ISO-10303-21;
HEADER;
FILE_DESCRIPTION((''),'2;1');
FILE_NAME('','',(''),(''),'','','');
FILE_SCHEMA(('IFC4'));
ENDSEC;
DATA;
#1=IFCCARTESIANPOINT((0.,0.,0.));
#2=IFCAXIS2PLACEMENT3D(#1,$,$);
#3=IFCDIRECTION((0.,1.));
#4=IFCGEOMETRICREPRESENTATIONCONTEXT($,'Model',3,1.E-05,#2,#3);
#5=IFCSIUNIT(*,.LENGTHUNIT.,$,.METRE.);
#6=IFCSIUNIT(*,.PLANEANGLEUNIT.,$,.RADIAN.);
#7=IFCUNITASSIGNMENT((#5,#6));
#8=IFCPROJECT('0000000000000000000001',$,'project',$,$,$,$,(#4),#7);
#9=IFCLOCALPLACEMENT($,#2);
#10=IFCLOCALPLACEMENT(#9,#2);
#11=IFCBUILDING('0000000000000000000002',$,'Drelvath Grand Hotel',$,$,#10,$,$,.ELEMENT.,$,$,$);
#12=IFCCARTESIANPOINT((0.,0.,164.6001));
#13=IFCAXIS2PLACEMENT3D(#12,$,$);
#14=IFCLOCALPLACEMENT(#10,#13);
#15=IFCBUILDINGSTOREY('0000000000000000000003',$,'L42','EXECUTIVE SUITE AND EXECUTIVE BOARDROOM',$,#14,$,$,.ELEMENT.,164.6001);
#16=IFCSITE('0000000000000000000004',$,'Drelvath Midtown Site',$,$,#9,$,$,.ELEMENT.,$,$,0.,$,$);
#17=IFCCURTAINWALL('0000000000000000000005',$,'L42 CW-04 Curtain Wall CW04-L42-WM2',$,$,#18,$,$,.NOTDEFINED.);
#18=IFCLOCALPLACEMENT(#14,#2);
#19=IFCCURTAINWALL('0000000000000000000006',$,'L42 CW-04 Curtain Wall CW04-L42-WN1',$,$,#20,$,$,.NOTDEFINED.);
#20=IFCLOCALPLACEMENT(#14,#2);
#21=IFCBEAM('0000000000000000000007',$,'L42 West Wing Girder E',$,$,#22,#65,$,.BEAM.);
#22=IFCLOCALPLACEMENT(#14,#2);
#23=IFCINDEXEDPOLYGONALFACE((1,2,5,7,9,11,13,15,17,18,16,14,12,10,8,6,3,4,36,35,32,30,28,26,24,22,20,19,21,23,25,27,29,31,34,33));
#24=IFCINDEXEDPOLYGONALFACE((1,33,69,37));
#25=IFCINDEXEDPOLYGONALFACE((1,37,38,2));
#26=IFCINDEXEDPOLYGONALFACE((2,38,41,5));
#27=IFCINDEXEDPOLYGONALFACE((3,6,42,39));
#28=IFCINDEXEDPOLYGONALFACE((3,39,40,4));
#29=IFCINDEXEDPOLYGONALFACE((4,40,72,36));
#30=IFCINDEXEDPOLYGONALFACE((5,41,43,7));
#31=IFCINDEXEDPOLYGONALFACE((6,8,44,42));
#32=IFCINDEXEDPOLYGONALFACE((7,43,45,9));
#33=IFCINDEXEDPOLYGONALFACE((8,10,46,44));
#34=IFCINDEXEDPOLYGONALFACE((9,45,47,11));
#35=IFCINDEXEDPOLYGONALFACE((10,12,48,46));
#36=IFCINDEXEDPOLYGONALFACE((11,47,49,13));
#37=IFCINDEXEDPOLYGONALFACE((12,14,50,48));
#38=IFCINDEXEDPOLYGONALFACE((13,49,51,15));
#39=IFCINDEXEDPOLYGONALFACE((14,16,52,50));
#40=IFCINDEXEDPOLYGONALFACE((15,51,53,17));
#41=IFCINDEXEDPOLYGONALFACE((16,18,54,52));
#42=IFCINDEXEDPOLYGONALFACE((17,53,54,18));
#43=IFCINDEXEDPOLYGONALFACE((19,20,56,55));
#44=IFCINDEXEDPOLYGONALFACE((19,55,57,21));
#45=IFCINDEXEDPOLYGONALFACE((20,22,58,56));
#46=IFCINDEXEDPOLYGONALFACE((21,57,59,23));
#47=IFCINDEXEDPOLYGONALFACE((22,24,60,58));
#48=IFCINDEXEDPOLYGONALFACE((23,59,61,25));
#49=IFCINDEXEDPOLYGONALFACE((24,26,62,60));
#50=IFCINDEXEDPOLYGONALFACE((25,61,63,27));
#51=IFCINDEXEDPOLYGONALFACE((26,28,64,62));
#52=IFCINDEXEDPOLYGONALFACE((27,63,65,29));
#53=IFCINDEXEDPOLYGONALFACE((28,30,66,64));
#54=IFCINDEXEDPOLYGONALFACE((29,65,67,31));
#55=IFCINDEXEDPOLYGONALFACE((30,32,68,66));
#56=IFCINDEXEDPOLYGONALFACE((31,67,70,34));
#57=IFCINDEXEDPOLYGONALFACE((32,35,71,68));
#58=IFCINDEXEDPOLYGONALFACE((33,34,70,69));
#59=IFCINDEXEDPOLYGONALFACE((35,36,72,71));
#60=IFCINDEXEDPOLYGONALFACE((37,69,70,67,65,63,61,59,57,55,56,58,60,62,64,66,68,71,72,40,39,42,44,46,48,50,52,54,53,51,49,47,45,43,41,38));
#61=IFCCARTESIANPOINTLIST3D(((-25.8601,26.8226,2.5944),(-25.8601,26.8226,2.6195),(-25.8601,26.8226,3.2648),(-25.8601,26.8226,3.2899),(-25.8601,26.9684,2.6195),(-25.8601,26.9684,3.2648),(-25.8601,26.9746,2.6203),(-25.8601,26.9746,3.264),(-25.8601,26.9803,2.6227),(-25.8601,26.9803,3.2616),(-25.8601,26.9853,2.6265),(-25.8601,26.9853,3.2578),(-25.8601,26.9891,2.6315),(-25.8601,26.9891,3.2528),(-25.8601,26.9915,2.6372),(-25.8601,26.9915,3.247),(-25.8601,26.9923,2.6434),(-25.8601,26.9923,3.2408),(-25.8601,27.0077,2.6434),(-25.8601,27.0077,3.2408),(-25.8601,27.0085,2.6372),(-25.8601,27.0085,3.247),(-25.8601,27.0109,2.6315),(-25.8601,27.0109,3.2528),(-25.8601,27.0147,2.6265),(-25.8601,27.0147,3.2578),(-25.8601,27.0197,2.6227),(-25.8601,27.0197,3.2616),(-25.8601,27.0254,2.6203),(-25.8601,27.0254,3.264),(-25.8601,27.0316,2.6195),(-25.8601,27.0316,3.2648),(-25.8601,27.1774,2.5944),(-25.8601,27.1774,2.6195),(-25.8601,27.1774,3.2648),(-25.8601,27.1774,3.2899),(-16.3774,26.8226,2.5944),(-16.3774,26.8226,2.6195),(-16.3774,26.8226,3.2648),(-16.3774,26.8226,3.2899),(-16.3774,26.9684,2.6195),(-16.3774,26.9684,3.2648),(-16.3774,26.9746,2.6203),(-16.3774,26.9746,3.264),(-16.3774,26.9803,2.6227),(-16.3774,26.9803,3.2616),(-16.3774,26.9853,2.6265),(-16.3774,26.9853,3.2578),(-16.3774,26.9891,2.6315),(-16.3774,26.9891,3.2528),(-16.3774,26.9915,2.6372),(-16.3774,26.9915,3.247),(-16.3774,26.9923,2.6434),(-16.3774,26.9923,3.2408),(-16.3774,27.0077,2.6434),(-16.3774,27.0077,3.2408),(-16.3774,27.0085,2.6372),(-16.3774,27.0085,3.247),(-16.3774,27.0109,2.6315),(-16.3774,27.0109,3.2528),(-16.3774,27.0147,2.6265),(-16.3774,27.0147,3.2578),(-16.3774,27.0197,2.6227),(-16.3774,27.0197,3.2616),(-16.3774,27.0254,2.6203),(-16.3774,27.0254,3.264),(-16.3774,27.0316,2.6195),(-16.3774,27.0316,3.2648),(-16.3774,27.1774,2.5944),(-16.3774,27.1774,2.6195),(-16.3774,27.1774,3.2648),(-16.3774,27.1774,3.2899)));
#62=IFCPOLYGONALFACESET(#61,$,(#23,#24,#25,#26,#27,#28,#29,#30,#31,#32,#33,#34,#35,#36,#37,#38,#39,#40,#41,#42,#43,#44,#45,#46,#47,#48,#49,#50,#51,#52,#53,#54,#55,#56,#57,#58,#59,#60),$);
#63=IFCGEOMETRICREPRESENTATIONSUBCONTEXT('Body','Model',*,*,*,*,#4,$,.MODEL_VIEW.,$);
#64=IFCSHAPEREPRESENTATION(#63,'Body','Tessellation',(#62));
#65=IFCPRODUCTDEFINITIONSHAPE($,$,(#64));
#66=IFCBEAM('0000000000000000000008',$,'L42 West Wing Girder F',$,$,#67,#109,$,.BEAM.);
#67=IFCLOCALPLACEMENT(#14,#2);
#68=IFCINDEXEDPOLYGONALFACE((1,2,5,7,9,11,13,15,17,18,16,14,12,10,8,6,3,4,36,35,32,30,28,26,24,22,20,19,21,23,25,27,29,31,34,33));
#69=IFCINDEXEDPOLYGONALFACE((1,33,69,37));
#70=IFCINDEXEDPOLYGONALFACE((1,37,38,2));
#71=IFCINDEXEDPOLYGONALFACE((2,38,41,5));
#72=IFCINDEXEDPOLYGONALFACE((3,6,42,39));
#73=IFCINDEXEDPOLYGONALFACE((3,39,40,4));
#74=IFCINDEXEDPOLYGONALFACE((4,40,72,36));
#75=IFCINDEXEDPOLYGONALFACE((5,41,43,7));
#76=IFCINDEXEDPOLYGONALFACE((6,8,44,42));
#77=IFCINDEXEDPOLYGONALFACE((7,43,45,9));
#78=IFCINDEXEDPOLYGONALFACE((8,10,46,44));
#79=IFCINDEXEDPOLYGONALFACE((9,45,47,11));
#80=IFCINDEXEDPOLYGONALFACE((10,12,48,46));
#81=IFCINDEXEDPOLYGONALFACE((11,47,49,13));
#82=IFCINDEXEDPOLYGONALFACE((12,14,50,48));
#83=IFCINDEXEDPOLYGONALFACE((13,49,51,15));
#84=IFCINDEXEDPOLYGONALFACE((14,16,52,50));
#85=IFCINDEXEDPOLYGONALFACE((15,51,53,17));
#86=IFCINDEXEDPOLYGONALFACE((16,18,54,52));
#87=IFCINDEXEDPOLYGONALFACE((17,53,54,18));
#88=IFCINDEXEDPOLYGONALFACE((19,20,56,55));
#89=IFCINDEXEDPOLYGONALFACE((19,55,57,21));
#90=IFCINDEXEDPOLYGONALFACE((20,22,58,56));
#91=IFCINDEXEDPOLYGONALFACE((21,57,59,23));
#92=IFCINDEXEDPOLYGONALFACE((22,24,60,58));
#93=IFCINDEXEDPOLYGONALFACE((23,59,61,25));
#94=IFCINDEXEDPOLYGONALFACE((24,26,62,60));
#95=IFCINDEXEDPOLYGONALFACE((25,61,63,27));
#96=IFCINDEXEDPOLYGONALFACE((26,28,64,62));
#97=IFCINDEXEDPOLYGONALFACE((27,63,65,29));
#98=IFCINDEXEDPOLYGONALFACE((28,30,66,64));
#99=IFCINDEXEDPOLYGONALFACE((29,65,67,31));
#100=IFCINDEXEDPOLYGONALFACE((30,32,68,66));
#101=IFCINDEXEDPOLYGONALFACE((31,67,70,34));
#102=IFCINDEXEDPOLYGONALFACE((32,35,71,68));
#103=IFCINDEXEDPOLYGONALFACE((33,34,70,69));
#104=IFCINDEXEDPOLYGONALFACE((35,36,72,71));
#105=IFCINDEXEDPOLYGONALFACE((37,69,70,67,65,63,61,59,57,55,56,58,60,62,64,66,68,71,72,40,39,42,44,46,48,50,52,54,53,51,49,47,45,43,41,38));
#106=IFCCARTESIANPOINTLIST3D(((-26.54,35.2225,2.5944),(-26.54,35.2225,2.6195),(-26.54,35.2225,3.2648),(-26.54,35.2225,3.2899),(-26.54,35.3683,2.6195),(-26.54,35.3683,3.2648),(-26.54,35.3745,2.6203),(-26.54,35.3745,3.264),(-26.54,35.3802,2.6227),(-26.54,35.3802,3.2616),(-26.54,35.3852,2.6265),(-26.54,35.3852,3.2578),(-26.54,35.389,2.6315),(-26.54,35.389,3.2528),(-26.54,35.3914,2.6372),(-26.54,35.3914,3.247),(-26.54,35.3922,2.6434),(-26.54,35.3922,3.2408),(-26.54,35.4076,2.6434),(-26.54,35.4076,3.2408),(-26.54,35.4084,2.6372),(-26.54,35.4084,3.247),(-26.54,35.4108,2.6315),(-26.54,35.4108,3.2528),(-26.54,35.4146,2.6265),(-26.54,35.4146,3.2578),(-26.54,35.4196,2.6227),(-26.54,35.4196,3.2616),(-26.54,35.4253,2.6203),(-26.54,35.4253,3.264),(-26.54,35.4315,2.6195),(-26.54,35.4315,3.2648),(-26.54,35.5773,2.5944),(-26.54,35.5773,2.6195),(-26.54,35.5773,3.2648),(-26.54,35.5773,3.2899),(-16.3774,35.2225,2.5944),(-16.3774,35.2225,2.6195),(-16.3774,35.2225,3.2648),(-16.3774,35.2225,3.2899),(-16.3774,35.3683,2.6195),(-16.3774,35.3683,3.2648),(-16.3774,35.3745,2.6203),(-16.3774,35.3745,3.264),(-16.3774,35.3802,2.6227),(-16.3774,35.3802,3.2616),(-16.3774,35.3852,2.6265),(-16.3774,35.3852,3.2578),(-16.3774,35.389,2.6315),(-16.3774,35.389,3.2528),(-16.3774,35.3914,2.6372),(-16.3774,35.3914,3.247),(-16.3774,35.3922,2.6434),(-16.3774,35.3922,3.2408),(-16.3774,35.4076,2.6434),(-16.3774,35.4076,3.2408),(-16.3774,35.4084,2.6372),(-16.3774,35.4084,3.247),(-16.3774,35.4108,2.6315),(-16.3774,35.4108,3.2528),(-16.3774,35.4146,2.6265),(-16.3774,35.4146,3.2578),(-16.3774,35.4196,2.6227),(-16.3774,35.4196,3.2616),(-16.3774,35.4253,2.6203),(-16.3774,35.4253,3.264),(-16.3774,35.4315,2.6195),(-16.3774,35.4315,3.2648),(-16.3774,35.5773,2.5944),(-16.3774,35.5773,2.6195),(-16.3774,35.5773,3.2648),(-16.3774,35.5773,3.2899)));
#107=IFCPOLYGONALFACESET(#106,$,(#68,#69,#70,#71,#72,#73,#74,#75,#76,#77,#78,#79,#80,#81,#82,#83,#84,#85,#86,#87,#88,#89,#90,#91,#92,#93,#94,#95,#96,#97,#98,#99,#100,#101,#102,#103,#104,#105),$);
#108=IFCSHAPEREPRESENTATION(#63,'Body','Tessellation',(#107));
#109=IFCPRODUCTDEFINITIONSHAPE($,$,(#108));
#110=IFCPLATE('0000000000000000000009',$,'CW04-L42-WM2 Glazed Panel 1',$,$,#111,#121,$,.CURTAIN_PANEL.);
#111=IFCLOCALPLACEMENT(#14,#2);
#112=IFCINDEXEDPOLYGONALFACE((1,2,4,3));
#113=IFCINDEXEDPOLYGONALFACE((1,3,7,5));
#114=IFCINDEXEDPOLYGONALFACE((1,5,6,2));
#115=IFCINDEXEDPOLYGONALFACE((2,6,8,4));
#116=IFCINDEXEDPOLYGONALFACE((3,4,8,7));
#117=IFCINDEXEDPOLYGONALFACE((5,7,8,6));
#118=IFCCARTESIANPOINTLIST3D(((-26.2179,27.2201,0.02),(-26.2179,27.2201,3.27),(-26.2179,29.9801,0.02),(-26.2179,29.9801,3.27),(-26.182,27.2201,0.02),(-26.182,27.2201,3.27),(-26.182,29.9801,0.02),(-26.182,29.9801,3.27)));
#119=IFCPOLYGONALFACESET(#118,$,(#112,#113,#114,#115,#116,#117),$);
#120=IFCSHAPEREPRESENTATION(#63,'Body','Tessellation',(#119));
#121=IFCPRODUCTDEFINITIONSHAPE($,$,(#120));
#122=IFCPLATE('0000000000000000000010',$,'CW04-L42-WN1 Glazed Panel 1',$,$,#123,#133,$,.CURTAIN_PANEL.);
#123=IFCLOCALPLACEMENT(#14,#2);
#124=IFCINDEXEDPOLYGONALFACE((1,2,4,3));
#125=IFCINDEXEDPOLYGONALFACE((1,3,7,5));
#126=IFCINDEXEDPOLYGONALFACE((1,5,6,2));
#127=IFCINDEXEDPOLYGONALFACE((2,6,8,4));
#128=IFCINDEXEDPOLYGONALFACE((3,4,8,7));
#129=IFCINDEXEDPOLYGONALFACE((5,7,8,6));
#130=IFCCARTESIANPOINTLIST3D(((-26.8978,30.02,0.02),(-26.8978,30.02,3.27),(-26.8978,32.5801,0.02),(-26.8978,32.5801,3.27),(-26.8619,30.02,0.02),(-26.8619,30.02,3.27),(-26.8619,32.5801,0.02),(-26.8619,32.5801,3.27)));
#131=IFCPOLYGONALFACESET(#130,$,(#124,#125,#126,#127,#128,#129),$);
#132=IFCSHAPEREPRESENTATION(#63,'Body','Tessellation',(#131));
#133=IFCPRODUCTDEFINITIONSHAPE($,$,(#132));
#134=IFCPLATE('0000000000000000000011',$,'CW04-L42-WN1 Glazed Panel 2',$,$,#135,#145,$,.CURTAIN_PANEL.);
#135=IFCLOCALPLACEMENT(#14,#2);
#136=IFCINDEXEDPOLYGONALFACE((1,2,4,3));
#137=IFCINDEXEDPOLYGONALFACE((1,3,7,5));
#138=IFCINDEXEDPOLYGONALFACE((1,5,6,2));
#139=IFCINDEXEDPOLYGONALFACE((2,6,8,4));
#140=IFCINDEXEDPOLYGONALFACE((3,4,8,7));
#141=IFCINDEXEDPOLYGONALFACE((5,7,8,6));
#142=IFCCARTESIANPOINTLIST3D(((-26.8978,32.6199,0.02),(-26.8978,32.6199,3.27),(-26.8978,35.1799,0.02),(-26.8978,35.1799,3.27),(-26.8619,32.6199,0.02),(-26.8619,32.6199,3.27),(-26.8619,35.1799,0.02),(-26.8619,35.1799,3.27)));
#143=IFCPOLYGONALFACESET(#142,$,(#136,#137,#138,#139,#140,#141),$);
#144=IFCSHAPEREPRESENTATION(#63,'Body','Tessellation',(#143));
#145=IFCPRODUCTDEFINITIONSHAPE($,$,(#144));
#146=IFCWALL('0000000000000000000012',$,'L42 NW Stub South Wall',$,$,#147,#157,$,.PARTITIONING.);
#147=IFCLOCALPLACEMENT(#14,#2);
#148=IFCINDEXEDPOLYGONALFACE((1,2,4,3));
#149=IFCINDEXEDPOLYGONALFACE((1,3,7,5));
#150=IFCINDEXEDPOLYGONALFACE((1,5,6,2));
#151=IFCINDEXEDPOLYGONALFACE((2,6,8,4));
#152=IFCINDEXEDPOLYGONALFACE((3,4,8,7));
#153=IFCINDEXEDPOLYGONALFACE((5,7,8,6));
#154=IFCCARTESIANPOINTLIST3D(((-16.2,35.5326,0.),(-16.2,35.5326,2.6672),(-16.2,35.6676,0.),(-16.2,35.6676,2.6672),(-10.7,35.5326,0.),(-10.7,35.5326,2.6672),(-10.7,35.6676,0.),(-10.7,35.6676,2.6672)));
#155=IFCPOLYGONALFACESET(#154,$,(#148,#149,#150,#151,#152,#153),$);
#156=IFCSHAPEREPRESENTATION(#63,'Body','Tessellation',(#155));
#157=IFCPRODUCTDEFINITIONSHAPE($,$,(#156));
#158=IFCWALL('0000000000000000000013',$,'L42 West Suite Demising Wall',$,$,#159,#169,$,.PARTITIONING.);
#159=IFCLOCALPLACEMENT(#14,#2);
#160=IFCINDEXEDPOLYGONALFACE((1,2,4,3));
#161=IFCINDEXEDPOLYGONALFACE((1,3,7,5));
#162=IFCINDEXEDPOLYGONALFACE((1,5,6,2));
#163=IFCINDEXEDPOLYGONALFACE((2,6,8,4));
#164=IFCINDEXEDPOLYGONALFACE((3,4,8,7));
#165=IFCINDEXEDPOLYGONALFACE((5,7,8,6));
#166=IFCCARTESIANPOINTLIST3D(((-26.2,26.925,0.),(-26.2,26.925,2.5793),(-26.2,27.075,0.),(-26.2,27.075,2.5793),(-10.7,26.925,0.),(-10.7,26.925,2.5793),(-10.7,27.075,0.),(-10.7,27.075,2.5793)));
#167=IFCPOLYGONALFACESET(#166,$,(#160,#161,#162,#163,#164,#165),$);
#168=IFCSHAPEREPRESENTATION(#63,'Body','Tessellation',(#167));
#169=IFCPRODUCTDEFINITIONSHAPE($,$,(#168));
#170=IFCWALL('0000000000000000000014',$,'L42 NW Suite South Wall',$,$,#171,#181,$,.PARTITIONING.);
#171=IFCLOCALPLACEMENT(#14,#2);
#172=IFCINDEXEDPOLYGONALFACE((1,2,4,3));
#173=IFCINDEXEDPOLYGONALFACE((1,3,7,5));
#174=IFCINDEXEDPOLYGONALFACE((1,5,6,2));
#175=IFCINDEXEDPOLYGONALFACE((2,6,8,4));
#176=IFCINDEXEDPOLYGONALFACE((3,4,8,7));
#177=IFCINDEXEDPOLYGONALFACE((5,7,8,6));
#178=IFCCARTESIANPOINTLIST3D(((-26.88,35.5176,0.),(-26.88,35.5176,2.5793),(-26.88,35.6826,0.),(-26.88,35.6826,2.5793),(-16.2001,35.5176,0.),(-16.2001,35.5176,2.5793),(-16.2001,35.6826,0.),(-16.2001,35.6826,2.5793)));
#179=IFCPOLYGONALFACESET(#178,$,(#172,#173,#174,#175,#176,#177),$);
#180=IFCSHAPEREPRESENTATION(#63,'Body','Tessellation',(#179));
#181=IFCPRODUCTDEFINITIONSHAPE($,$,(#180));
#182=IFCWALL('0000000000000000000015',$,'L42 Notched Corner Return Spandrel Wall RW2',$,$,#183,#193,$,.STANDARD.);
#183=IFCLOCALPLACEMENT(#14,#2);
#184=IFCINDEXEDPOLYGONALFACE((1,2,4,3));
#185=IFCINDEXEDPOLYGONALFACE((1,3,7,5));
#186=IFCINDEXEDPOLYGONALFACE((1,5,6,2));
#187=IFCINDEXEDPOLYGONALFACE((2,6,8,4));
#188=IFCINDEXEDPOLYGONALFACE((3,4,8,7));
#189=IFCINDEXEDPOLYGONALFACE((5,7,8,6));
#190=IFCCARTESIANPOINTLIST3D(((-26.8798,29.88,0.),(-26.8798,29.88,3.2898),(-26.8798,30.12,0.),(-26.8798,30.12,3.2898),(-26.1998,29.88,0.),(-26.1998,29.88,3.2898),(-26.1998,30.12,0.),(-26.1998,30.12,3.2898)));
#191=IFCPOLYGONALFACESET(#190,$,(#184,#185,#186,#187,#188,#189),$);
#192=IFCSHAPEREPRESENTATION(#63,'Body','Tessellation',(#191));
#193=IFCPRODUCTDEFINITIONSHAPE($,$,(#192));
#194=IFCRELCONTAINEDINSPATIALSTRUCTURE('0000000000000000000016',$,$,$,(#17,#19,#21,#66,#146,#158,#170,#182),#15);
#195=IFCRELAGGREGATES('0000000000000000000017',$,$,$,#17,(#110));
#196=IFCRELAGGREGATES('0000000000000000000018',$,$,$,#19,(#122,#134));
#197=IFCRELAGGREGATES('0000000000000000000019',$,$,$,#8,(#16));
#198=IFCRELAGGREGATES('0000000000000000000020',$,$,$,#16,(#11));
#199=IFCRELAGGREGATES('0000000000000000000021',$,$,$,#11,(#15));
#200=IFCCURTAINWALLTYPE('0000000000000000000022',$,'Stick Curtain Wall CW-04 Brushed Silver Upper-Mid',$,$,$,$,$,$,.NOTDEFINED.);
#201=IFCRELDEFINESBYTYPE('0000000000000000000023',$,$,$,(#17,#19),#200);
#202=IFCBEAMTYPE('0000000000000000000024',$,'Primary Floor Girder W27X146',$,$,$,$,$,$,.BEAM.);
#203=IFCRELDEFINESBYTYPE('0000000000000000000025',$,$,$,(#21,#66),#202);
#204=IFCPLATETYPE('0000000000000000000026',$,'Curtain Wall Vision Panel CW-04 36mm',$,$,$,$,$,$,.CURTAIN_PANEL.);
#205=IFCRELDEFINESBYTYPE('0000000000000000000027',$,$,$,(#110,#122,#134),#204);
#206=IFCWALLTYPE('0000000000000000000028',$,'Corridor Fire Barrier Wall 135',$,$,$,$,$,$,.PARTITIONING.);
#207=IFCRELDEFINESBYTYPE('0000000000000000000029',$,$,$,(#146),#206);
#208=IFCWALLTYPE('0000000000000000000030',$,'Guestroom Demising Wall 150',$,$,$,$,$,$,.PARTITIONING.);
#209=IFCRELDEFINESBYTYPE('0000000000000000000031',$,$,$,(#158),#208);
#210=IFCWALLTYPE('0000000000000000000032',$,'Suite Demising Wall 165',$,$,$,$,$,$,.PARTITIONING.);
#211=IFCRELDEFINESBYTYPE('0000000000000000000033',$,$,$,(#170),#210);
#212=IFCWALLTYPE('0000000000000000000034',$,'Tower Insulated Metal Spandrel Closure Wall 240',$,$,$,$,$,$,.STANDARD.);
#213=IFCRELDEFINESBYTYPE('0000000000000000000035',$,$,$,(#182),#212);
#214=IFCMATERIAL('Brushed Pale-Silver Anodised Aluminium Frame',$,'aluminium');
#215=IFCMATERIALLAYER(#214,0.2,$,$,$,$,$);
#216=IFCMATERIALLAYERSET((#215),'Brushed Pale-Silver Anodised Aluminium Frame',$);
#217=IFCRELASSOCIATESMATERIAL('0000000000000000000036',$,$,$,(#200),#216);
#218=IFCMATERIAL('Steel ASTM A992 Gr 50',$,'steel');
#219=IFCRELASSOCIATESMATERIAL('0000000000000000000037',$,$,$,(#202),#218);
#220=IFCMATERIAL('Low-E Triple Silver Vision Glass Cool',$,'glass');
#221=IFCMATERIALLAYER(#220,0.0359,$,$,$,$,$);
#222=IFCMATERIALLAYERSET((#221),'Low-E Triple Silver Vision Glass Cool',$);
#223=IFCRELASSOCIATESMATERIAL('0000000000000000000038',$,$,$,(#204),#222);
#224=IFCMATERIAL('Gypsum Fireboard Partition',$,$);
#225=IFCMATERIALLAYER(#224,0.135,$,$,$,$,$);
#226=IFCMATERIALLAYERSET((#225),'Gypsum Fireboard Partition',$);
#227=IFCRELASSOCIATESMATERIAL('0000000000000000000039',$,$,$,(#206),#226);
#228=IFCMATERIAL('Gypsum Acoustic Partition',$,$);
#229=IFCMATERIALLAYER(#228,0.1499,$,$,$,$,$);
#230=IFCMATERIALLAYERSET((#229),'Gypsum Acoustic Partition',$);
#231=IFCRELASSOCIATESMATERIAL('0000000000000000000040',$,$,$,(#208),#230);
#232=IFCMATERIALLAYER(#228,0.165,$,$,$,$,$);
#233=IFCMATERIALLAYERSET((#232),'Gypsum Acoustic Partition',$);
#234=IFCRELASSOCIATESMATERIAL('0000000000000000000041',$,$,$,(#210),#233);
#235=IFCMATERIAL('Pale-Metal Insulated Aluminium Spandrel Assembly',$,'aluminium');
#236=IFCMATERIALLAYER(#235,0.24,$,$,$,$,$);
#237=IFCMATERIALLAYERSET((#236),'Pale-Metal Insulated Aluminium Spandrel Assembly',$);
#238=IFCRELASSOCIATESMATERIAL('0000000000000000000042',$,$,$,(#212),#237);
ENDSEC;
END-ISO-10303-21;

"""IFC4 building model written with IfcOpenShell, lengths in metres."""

from ifc_helpers import new_model, si_unit, direction, frame, frame_2d, origin, origin_2d, place, context, subcontext, project, spatial, rectangle, i_section, extrude, material, layer, layer_set, material_profile, profile_set, type_object, element, aggregate, save


model = new_model("IFC4")

# Units and contexts
model_context = context("Model", 3, precision=1e-05, world=origin(), true_north=direction((0.0, 1.0)))
body_context = subcontext(model_context, "Body", "Model", "MODEL_VIEW")
ifc_project = project(units=[si_unit("LENGTHUNIT", "METRE"), si_unit("PLANEANGLEUNIT", "RADIAN")], contexts=[model_context])

# Site, building, storey
site_placement = place(None, origin())
site = spatial("IfcSite", under=ifc_project, at=site_placement, Name="Drelvath Midtown Site", CompositionType="ELEMENT", RefElevation=0.0)
building_placement = place(site_placement, origin())
building = spatial("IfcBuilding", under=site, at=building_placement, Name="Drelvath Grand Hotel", CompositionType="ELEMENT")
storey_placement = place(building_placement, frame((0.0, 0.0, 164.6001)))
storey = spatial("IfcBuildingStorey", under=building, at=storey_placement, Name="L42", Description="EXECUTIVE SUITE AND EXECUTIVE BOARDROOM", CompositionType="ELEMENT", Elevation=164.6001)

# Curtain walls
ifc_material_1 = material(Name="Brushed Pale-Silver Anodised Aluminium Frame", Category="aluminium")
ifc_layer_1 = layer(ifc_material_1, 0.2)
ifc_layer_set_1 = layer_set([ifc_layer_1], Name="Brushed Pale-Silver Anodised Aluminium Frame")
curtain_wall_type = type_object("IfcCurtainWallType", Name="Stick Curtain Wall CW-04 Brushed Silver Upper-Mid", PredefinedType="NOTDEFINED", material=ifc_layer_set_1)
curtain_wall_1_placement = place(storey_placement, origin())
curtain_wall_1 = element("IfcCurtainWall", 1, at=curtain_wall_1_placement, inside=storey, type_object=curtain_wall_type, Name="L42 CW-04 Curtain Wall CW04-L42-WM2", PredefinedType="NOTDEFINED")
curtain_wall_2_placement = place(storey_placement, origin())
curtain_wall_2 = element("IfcCurtainWall", 2, at=curtain_wall_2_placement, inside=storey, type_object=curtain_wall_type, Name="L42 CW-04 Curtain Wall CW04-L42-WN1", PredefinedType="NOTDEFINED")

# Beams
ifc_material_2 = material(Name="Steel ASTM A992 Gr 50", Category="steel")
ifc_material_profile_1 = material_profile(ifc_material_2, i_section(OverallWidth=0.3547, OverallDepth=0.6956, WebThickness=0.0154, FlangeThickness=0.0251, FilletRadius=0.0239, at=origin_2d()), Name="W27X146")
ifc_profile_set_1 = profile_set([ifc_material_profile_1], Name="Steel ASTM A992 Gr 50")
beam_type_1 = type_object("IfcBeamType", Name="Primary Floor Girder W27X146", PredefinedType="BEAM", material=ifc_profile_set_1)
beam_1_placement = place(storey_placement, frame((-25.8601, 27.0, 2.9421), z_axis=(1.0, 0.0, 0.0), x_axis=(0.0, 1.0, 0.0)))
element("IfcBeam", 3, at=beam_1_placement, inside=storey, type_object=beam_type_1, Name="L42 West Wing Girder E", PredefinedType="BEAM", context=body_context, shape_type="SweptSolid", body=[
    extrude(i_section(OverallWidth=0.3547, OverallDepth=0.6956, WebThickness=0.0154, FlangeThickness=0.0251, FilletRadius=0.0239, at=origin_2d()), origin(), (0.0, 0.0, 1.0), 9.4827),
])
beam_2_placement = place(storey_placement, frame((-26.54, 35.3999, 2.9421), z_axis=(1.0, 0.0, 0.0), x_axis=(0.0, 1.0, 0.0)))
element("IfcBeam", 4, at=beam_2_placement, inside=storey, type_object=beam_type_1, Name="L42 West Wing Girder F", PredefinedType="BEAM", context=body_context, shape_type="SweptSolid", body=[
    extrude(i_section(OverallWidth=0.3547, OverallDepth=0.6956, WebThickness=0.0154, FlangeThickness=0.0251, FilletRadius=0.0239, at=origin_2d()), origin(), (0.0, 0.0, 1.0), 10.1626),
])

# Plates
ifc_material_3 = material(Name="Low-E Triple Silver Vision Glass Cool", Category="glass")
ifc_layer_2 = layer(ifc_material_3, 0.0359)
ifc_layer_set_2 = layer_set([ifc_layer_2], Name="Low-E Triple Silver Vision Glass Cool")
plate_type = type_object("IfcPlateType", Name="Curtain Wall Vision Panel CW-04 36mm", PredefinedType="CURTAIN_PANEL", material=ifc_layer_set_2)
plate_1_placement = place(storey_placement, frame((-26.2, 28.6001, 0.02), z_axis=(0.0, 0.0, 1.0), x_axis=(0.0, 1.0, 0.0)))
plate_1 = element("IfcPlate", 5, at=plate_1_placement, type_object=plate_type, Name="CW04-L42-WM2 Glazed Panel 1", PredefinedType="CURTAIN_PANEL", context=body_context, shape_type="SweptSolid", body=[
    extrude(rectangle(XDim=2.76, YDim=0.0359, at=origin_2d()), origin(), (0.0, 0.0, 1.0), 3.25),
])
aggregate(curtain_wall_1, [plate_1])
plate_2_placement = place(storey_placement, frame((-26.8799, 31.3, 0.02), z_axis=(0.0, 0.0, 1.0), x_axis=(0.0, 1.0, 0.0)))
plate_2 = element("IfcPlate", 6, at=plate_2_placement, type_object=plate_type, Name="CW04-L42-WN1 Glazed Panel 1", PredefinedType="CURTAIN_PANEL", context=body_context, shape_type="SweptSolid", body=[
    extrude(rectangle(XDim=2.5601, YDim=0.0359, at=origin_2d()), origin(), (0.0, 0.0, 1.0), 3.25),
])
plate_3_placement = place(storey_placement, frame((-26.8799, 33.8999, 0.02), z_axis=(0.0, 0.0, 1.0), x_axis=(0.0, 1.0, 0.0)))
plate_3 = element("IfcPlate", 7, at=plate_3_placement, type_object=plate_type, Name="CW04-L42-WN1 Glazed Panel 2", PredefinedType="CURTAIN_PANEL", context=body_context, shape_type="SweptSolid", body=[
    extrude(rectangle(XDim=2.5601, YDim=0.0359, at=origin_2d()), origin(), (0.0, 0.0, 1.0), 3.25),
])
aggregate(curtain_wall_2, [plate_2, plate_3])

# Wall
ifc_material_4 = material(Name="Gypsum Fireboard Partition")
ifc_layer_3 = layer(ifc_material_4, 0.135)
ifc_layer_set_3 = layer_set([ifc_layer_3], Name="Gypsum Fireboard Partition")
wall_type_1 = type_object("IfcWallType", Name="Corridor Fire Barrier Wall 135", PredefinedType="PARTITIONING", material=ifc_layer_set_3)
wall_1_placement = place(storey_placement, frame((-16.2, 35.6001, 0.0), z_axis=(0.0, 0.0, 1.0), x_axis=(1.0, 0.0, 0.0)))
element("IfcWall", 8, at=wall_1_placement, inside=storey, type_object=wall_type_1, Name="L42 NW Stub South Wall", PredefinedType="PARTITIONING", context=body_context, shape_type="SweptSolid", body=[
    extrude(rectangle(XDim=5.5, YDim=0.135, at=frame_2d((2.75, 0.0))), origin(), (0.0, 0.0, 1.0), 2.6672),
])

# Walls
ifc_material_5 = material(Name="Gypsum Acoustic Partition")
ifc_layer_4 = layer(ifc_material_5, 0.1499)
ifc_layer_set_4 = layer_set([ifc_layer_4], Name="Gypsum Acoustic Partition")
wall_type_2 = type_object("IfcWallType", Name="Guestroom Demising Wall 150", PredefinedType="PARTITIONING", material=ifc_layer_set_4)
wall_2_placement = place(storey_placement, frame((-26.2, 27.0, 0.0), z_axis=(0.0, 0.0, 1.0), x_axis=(1.0, 0.0, 0.0)))
element("IfcWall", 9, at=wall_2_placement, inside=storey, type_object=wall_type_2, Name="L42 West Suite Demising Wall", PredefinedType="PARTITIONING", context=body_context, shape_type="SweptSolid", body=[
    extrude(rectangle(XDim=15.5, YDim=0.1499, at=frame_2d((7.75, 0.0))), origin(), (0.0, 0.0, 1.0), 2.5793),
])
ifc_layer_5 = layer(ifc_material_5, 0.165)
ifc_layer_set_5 = layer_set([ifc_layer_5], Name="Gypsum Acoustic Partition")
wall_type_3 = type_object("IfcWallType", Name="Suite Demising Wall 165", PredefinedType="PARTITIONING", material=ifc_layer_set_5)
wall_3_placement = place(storey_placement, frame((-26.8799, 35.6001, 0.0), z_axis=(0.0, 0.0, 1.0), x_axis=(1.0, 0.0, 0.0)))
element("IfcWall", 10, at=wall_3_placement, inside=storey, type_object=wall_type_3, Name="L42 NW Suite South Wall", PredefinedType="PARTITIONING", context=body_context, shape_type="SweptSolid", body=[
    extrude(rectangle(XDim=10.6799, YDim=0.165, at=frame_2d((5.3398, 0.0))), origin(), (0.0, 0.0, 1.0), 2.5793),
])
ifc_material_6 = material(Name="Pale-Metal Insulated Aluminium Spandrel Assembly", Category="aluminium")
ifc_layer_6 = layer(ifc_material_6, 0.24)
ifc_layer_set_6 = layer_set([ifc_layer_6], Name="Pale-Metal Insulated Aluminium Spandrel Assembly")
wall_type_4 = type_object("IfcWallType", Name="Tower Insulated Metal Spandrel Closure Wall 240", PredefinedType="STANDARD", material=ifc_layer_set_6)
wall_4_placement = place(storey_placement, frame((-26.2, 30.0, 0.0), z_axis=(0.0, 0.0, 1.0), x_axis=(-1.0, 0.0, 0.0)))
element("IfcWall", 11, at=wall_4_placement, inside=storey, type_object=wall_type_4, Name="L42 Notched Corner Return Spandrel Wall RW2", PredefinedType="STANDARD", context=body_context, shape_type="SweptSolid", body=[
    extrude(rectangle(XDim=0.6799, YDim=0.24, at=frame_2d((0.3398, 0.0))), origin(), (0.0, 0.0, 1.0), 3.2898),
])

save(model, "model.ifc")
